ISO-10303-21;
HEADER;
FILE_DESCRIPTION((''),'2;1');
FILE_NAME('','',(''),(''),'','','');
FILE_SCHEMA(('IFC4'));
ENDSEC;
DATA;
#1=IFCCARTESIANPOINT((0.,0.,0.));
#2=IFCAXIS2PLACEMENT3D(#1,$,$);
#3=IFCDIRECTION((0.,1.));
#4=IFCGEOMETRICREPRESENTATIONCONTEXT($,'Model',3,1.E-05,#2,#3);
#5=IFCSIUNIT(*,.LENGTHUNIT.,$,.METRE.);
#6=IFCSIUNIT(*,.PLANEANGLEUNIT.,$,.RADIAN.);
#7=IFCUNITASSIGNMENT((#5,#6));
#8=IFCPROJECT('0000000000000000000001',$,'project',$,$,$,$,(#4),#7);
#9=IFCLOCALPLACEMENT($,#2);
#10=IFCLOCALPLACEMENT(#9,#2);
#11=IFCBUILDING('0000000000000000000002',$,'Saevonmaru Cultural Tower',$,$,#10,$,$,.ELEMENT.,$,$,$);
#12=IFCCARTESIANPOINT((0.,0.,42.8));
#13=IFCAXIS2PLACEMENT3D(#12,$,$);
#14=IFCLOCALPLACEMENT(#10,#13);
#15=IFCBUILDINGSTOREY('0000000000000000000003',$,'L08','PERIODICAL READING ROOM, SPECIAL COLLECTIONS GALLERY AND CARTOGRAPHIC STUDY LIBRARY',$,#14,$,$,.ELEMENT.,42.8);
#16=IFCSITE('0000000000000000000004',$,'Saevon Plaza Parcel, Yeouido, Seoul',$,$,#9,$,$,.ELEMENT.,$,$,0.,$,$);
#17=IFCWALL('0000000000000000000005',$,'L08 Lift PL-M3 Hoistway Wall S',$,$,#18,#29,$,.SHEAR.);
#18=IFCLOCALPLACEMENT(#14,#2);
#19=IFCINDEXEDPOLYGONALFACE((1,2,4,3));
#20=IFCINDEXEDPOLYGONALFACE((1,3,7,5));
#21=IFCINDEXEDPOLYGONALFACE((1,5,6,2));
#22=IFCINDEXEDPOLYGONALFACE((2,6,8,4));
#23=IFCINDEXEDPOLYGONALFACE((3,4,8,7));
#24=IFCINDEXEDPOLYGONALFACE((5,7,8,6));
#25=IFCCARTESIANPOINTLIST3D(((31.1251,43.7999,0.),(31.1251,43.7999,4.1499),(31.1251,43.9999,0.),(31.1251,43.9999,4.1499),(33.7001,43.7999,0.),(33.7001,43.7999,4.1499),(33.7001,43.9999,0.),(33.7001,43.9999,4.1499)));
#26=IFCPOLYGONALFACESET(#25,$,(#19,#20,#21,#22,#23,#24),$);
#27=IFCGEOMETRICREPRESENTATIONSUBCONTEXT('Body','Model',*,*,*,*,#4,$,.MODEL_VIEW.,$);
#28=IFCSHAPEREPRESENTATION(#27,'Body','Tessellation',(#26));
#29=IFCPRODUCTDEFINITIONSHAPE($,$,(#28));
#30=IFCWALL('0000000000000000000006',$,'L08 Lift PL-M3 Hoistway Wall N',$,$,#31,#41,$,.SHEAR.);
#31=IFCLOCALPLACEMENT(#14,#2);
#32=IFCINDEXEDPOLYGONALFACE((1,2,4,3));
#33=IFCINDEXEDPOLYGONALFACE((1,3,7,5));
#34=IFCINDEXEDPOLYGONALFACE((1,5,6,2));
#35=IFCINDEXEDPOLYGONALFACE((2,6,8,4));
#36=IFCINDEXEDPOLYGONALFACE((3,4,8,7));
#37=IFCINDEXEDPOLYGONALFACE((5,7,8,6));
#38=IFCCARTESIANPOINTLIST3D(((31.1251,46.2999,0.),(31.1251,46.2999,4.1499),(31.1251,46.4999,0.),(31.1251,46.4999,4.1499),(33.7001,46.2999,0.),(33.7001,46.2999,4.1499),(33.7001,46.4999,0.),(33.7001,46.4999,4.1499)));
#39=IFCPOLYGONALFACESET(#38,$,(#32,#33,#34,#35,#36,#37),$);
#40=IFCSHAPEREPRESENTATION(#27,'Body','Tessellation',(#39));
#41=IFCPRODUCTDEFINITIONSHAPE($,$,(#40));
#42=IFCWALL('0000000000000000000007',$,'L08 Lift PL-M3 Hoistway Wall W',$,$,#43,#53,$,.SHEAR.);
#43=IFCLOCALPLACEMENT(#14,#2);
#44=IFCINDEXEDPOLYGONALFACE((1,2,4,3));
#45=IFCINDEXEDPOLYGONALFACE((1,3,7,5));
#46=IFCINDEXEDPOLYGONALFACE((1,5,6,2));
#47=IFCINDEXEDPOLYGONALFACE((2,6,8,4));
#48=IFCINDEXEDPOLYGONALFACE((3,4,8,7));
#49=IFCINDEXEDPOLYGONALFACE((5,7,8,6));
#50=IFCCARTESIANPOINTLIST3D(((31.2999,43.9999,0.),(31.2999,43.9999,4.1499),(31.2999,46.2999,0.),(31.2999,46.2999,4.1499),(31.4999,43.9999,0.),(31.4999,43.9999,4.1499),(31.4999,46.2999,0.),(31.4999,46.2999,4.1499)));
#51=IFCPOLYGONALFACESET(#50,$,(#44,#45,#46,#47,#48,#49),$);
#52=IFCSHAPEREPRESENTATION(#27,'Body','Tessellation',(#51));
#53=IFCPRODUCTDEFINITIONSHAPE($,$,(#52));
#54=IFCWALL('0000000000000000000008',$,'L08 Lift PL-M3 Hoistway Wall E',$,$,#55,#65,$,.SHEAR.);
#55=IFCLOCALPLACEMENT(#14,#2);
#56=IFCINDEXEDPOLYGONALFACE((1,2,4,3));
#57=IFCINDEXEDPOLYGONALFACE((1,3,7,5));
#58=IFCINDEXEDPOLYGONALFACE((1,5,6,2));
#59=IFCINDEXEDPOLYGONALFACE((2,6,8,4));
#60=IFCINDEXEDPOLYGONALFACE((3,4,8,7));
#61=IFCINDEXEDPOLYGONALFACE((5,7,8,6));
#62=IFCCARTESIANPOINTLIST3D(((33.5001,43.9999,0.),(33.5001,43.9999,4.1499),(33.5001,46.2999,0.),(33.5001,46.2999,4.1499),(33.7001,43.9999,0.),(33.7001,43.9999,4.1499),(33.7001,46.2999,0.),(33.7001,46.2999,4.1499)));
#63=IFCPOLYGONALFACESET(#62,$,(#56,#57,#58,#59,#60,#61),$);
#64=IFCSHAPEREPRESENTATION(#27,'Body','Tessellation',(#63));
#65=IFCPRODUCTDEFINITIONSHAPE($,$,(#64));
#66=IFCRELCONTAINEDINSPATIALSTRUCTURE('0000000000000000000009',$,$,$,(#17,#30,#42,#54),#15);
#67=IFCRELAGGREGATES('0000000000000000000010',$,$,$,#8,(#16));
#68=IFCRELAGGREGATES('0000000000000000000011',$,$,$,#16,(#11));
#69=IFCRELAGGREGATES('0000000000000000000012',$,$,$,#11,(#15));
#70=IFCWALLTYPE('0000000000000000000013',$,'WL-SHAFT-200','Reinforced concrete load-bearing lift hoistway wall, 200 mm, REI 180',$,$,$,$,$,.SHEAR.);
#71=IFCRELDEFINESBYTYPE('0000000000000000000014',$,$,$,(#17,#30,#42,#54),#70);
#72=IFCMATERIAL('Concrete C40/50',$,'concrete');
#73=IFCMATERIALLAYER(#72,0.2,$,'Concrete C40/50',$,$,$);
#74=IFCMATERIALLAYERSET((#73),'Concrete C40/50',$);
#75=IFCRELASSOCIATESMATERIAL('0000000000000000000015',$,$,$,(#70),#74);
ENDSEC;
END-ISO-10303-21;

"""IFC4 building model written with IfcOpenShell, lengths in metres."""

from ifc_helpers import new_model, si_unit, direction, frame, frame_2d, origin, place, context, subcontext, project, spatial, rectangle, extrude, material, layer, layer_set, type_object, element, save


model = new_model("IFC4")

# Units and contexts
model_context = context("Model", 3, precision=1e-05, world=origin(), true_north=direction((0.0, 1.0)))
body_context = subcontext(model_context, "Body", "Model", "MODEL_VIEW")
ifc_project = project(units=[si_unit("LENGTHUNIT", "METRE"), si_unit("PLANEANGLEUNIT", "RADIAN")], contexts=[model_context])

# Site, building, storey
site_placement = place(None, origin())
site = spatial("IfcSite", under=ifc_project, at=site_placement, Name="Saevon Plaza Parcel, Yeouido, Seoul", CompositionType="ELEMENT", RefElevation=0.0)
building_placement = place(site_placement, origin())
building = spatial("IfcBuilding", under=site, at=building_placement, Name="Saevonmaru Cultural Tower", CompositionType="ELEMENT")
storey_placement = place(building_placement, frame((0.0, 0.0, 42.8)))
storey = spatial("IfcBuildingStorey", under=building, at=storey_placement, Name="L08", Description="PERIODICAL READING ROOM, SPECIAL COLLECTIONS GALLERY AND CARTOGRAPHIC STUDY LIBRARY", CompositionType="ELEMENT", Elevation=42.8)

# Walls
ifc_material_1 = material(Name="Concrete C40/50", Category="concrete")
ifc_layer_1 = layer(ifc_material_1, 0.2, Name="Concrete C40/50")
ifc_layer_set_1 = layer_set([ifc_layer_1], Name="Concrete C40/50")
wall_type_1 = type_object("IfcWallType", Name="WL-SHAFT-200", Description="Reinforced concrete load-bearing lift hoistway wall, 200 mm, REI 180", PredefinedType="SHEAR", material=ifc_layer_set_1)
for number, where, z_axis, x_axis, name in (
    (1, (31.125, 43.8999, 0.0), (0.0, 0.0, 1.0), (1.0, 0.0, 0.0), "L08 Lift PL-M3 Hoistway Wall S"),
    (2, (31.125, 46.3999, 0.0), (0.0, 0.0, 1.0), (1.0, 0.0, 0.0), "L08 Lift PL-M3 Hoistway Wall N"),
):
    element("IfcWall", number, at=place(storey_placement, frame(where, z_axis=z_axis, x_axis=x_axis)), inside=storey, type_object=wall_type_1, Name=name, PredefinedType="SHEAR", context=body_context, shape_type="SweptSolid", body=[
        extrude(rectangle(XDim=2.575, YDim=0.2, at=frame_2d((1.2876, 0.0))), origin(), (0.0, 0.0, 1.0), 4.1499),
    ])
for number, where, z_axis, x_axis, name in (
    (3, (31.3999, 44.0, 0.0), (0.0, 0.0, 1.0), (0.0, 1.0, 0.0), "L08 Lift PL-M3 Hoistway Wall W"),
    (4, (33.6001, 44.0, 0.0), (0.0, 0.0, 1.0), (0.0, 1.0, 0.0), "L08 Lift PL-M3 Hoistway Wall E"),
):
    element("IfcWall", number, at=place(storey_placement, frame(where, z_axis=z_axis, x_axis=x_axis)), inside=storey, type_object=wall_type_1, Name=name, PredefinedType="SHEAR", context=body_context, shape_type="SweptSolid", body=[
        extrude(rectangle(XDim=2.3, YDim=0.2, at=frame_2d((1.1499, 0.0))), origin(), (0.0, 0.0, 1.0), 4.1499),
    ])

save(model, "model.ifc")
